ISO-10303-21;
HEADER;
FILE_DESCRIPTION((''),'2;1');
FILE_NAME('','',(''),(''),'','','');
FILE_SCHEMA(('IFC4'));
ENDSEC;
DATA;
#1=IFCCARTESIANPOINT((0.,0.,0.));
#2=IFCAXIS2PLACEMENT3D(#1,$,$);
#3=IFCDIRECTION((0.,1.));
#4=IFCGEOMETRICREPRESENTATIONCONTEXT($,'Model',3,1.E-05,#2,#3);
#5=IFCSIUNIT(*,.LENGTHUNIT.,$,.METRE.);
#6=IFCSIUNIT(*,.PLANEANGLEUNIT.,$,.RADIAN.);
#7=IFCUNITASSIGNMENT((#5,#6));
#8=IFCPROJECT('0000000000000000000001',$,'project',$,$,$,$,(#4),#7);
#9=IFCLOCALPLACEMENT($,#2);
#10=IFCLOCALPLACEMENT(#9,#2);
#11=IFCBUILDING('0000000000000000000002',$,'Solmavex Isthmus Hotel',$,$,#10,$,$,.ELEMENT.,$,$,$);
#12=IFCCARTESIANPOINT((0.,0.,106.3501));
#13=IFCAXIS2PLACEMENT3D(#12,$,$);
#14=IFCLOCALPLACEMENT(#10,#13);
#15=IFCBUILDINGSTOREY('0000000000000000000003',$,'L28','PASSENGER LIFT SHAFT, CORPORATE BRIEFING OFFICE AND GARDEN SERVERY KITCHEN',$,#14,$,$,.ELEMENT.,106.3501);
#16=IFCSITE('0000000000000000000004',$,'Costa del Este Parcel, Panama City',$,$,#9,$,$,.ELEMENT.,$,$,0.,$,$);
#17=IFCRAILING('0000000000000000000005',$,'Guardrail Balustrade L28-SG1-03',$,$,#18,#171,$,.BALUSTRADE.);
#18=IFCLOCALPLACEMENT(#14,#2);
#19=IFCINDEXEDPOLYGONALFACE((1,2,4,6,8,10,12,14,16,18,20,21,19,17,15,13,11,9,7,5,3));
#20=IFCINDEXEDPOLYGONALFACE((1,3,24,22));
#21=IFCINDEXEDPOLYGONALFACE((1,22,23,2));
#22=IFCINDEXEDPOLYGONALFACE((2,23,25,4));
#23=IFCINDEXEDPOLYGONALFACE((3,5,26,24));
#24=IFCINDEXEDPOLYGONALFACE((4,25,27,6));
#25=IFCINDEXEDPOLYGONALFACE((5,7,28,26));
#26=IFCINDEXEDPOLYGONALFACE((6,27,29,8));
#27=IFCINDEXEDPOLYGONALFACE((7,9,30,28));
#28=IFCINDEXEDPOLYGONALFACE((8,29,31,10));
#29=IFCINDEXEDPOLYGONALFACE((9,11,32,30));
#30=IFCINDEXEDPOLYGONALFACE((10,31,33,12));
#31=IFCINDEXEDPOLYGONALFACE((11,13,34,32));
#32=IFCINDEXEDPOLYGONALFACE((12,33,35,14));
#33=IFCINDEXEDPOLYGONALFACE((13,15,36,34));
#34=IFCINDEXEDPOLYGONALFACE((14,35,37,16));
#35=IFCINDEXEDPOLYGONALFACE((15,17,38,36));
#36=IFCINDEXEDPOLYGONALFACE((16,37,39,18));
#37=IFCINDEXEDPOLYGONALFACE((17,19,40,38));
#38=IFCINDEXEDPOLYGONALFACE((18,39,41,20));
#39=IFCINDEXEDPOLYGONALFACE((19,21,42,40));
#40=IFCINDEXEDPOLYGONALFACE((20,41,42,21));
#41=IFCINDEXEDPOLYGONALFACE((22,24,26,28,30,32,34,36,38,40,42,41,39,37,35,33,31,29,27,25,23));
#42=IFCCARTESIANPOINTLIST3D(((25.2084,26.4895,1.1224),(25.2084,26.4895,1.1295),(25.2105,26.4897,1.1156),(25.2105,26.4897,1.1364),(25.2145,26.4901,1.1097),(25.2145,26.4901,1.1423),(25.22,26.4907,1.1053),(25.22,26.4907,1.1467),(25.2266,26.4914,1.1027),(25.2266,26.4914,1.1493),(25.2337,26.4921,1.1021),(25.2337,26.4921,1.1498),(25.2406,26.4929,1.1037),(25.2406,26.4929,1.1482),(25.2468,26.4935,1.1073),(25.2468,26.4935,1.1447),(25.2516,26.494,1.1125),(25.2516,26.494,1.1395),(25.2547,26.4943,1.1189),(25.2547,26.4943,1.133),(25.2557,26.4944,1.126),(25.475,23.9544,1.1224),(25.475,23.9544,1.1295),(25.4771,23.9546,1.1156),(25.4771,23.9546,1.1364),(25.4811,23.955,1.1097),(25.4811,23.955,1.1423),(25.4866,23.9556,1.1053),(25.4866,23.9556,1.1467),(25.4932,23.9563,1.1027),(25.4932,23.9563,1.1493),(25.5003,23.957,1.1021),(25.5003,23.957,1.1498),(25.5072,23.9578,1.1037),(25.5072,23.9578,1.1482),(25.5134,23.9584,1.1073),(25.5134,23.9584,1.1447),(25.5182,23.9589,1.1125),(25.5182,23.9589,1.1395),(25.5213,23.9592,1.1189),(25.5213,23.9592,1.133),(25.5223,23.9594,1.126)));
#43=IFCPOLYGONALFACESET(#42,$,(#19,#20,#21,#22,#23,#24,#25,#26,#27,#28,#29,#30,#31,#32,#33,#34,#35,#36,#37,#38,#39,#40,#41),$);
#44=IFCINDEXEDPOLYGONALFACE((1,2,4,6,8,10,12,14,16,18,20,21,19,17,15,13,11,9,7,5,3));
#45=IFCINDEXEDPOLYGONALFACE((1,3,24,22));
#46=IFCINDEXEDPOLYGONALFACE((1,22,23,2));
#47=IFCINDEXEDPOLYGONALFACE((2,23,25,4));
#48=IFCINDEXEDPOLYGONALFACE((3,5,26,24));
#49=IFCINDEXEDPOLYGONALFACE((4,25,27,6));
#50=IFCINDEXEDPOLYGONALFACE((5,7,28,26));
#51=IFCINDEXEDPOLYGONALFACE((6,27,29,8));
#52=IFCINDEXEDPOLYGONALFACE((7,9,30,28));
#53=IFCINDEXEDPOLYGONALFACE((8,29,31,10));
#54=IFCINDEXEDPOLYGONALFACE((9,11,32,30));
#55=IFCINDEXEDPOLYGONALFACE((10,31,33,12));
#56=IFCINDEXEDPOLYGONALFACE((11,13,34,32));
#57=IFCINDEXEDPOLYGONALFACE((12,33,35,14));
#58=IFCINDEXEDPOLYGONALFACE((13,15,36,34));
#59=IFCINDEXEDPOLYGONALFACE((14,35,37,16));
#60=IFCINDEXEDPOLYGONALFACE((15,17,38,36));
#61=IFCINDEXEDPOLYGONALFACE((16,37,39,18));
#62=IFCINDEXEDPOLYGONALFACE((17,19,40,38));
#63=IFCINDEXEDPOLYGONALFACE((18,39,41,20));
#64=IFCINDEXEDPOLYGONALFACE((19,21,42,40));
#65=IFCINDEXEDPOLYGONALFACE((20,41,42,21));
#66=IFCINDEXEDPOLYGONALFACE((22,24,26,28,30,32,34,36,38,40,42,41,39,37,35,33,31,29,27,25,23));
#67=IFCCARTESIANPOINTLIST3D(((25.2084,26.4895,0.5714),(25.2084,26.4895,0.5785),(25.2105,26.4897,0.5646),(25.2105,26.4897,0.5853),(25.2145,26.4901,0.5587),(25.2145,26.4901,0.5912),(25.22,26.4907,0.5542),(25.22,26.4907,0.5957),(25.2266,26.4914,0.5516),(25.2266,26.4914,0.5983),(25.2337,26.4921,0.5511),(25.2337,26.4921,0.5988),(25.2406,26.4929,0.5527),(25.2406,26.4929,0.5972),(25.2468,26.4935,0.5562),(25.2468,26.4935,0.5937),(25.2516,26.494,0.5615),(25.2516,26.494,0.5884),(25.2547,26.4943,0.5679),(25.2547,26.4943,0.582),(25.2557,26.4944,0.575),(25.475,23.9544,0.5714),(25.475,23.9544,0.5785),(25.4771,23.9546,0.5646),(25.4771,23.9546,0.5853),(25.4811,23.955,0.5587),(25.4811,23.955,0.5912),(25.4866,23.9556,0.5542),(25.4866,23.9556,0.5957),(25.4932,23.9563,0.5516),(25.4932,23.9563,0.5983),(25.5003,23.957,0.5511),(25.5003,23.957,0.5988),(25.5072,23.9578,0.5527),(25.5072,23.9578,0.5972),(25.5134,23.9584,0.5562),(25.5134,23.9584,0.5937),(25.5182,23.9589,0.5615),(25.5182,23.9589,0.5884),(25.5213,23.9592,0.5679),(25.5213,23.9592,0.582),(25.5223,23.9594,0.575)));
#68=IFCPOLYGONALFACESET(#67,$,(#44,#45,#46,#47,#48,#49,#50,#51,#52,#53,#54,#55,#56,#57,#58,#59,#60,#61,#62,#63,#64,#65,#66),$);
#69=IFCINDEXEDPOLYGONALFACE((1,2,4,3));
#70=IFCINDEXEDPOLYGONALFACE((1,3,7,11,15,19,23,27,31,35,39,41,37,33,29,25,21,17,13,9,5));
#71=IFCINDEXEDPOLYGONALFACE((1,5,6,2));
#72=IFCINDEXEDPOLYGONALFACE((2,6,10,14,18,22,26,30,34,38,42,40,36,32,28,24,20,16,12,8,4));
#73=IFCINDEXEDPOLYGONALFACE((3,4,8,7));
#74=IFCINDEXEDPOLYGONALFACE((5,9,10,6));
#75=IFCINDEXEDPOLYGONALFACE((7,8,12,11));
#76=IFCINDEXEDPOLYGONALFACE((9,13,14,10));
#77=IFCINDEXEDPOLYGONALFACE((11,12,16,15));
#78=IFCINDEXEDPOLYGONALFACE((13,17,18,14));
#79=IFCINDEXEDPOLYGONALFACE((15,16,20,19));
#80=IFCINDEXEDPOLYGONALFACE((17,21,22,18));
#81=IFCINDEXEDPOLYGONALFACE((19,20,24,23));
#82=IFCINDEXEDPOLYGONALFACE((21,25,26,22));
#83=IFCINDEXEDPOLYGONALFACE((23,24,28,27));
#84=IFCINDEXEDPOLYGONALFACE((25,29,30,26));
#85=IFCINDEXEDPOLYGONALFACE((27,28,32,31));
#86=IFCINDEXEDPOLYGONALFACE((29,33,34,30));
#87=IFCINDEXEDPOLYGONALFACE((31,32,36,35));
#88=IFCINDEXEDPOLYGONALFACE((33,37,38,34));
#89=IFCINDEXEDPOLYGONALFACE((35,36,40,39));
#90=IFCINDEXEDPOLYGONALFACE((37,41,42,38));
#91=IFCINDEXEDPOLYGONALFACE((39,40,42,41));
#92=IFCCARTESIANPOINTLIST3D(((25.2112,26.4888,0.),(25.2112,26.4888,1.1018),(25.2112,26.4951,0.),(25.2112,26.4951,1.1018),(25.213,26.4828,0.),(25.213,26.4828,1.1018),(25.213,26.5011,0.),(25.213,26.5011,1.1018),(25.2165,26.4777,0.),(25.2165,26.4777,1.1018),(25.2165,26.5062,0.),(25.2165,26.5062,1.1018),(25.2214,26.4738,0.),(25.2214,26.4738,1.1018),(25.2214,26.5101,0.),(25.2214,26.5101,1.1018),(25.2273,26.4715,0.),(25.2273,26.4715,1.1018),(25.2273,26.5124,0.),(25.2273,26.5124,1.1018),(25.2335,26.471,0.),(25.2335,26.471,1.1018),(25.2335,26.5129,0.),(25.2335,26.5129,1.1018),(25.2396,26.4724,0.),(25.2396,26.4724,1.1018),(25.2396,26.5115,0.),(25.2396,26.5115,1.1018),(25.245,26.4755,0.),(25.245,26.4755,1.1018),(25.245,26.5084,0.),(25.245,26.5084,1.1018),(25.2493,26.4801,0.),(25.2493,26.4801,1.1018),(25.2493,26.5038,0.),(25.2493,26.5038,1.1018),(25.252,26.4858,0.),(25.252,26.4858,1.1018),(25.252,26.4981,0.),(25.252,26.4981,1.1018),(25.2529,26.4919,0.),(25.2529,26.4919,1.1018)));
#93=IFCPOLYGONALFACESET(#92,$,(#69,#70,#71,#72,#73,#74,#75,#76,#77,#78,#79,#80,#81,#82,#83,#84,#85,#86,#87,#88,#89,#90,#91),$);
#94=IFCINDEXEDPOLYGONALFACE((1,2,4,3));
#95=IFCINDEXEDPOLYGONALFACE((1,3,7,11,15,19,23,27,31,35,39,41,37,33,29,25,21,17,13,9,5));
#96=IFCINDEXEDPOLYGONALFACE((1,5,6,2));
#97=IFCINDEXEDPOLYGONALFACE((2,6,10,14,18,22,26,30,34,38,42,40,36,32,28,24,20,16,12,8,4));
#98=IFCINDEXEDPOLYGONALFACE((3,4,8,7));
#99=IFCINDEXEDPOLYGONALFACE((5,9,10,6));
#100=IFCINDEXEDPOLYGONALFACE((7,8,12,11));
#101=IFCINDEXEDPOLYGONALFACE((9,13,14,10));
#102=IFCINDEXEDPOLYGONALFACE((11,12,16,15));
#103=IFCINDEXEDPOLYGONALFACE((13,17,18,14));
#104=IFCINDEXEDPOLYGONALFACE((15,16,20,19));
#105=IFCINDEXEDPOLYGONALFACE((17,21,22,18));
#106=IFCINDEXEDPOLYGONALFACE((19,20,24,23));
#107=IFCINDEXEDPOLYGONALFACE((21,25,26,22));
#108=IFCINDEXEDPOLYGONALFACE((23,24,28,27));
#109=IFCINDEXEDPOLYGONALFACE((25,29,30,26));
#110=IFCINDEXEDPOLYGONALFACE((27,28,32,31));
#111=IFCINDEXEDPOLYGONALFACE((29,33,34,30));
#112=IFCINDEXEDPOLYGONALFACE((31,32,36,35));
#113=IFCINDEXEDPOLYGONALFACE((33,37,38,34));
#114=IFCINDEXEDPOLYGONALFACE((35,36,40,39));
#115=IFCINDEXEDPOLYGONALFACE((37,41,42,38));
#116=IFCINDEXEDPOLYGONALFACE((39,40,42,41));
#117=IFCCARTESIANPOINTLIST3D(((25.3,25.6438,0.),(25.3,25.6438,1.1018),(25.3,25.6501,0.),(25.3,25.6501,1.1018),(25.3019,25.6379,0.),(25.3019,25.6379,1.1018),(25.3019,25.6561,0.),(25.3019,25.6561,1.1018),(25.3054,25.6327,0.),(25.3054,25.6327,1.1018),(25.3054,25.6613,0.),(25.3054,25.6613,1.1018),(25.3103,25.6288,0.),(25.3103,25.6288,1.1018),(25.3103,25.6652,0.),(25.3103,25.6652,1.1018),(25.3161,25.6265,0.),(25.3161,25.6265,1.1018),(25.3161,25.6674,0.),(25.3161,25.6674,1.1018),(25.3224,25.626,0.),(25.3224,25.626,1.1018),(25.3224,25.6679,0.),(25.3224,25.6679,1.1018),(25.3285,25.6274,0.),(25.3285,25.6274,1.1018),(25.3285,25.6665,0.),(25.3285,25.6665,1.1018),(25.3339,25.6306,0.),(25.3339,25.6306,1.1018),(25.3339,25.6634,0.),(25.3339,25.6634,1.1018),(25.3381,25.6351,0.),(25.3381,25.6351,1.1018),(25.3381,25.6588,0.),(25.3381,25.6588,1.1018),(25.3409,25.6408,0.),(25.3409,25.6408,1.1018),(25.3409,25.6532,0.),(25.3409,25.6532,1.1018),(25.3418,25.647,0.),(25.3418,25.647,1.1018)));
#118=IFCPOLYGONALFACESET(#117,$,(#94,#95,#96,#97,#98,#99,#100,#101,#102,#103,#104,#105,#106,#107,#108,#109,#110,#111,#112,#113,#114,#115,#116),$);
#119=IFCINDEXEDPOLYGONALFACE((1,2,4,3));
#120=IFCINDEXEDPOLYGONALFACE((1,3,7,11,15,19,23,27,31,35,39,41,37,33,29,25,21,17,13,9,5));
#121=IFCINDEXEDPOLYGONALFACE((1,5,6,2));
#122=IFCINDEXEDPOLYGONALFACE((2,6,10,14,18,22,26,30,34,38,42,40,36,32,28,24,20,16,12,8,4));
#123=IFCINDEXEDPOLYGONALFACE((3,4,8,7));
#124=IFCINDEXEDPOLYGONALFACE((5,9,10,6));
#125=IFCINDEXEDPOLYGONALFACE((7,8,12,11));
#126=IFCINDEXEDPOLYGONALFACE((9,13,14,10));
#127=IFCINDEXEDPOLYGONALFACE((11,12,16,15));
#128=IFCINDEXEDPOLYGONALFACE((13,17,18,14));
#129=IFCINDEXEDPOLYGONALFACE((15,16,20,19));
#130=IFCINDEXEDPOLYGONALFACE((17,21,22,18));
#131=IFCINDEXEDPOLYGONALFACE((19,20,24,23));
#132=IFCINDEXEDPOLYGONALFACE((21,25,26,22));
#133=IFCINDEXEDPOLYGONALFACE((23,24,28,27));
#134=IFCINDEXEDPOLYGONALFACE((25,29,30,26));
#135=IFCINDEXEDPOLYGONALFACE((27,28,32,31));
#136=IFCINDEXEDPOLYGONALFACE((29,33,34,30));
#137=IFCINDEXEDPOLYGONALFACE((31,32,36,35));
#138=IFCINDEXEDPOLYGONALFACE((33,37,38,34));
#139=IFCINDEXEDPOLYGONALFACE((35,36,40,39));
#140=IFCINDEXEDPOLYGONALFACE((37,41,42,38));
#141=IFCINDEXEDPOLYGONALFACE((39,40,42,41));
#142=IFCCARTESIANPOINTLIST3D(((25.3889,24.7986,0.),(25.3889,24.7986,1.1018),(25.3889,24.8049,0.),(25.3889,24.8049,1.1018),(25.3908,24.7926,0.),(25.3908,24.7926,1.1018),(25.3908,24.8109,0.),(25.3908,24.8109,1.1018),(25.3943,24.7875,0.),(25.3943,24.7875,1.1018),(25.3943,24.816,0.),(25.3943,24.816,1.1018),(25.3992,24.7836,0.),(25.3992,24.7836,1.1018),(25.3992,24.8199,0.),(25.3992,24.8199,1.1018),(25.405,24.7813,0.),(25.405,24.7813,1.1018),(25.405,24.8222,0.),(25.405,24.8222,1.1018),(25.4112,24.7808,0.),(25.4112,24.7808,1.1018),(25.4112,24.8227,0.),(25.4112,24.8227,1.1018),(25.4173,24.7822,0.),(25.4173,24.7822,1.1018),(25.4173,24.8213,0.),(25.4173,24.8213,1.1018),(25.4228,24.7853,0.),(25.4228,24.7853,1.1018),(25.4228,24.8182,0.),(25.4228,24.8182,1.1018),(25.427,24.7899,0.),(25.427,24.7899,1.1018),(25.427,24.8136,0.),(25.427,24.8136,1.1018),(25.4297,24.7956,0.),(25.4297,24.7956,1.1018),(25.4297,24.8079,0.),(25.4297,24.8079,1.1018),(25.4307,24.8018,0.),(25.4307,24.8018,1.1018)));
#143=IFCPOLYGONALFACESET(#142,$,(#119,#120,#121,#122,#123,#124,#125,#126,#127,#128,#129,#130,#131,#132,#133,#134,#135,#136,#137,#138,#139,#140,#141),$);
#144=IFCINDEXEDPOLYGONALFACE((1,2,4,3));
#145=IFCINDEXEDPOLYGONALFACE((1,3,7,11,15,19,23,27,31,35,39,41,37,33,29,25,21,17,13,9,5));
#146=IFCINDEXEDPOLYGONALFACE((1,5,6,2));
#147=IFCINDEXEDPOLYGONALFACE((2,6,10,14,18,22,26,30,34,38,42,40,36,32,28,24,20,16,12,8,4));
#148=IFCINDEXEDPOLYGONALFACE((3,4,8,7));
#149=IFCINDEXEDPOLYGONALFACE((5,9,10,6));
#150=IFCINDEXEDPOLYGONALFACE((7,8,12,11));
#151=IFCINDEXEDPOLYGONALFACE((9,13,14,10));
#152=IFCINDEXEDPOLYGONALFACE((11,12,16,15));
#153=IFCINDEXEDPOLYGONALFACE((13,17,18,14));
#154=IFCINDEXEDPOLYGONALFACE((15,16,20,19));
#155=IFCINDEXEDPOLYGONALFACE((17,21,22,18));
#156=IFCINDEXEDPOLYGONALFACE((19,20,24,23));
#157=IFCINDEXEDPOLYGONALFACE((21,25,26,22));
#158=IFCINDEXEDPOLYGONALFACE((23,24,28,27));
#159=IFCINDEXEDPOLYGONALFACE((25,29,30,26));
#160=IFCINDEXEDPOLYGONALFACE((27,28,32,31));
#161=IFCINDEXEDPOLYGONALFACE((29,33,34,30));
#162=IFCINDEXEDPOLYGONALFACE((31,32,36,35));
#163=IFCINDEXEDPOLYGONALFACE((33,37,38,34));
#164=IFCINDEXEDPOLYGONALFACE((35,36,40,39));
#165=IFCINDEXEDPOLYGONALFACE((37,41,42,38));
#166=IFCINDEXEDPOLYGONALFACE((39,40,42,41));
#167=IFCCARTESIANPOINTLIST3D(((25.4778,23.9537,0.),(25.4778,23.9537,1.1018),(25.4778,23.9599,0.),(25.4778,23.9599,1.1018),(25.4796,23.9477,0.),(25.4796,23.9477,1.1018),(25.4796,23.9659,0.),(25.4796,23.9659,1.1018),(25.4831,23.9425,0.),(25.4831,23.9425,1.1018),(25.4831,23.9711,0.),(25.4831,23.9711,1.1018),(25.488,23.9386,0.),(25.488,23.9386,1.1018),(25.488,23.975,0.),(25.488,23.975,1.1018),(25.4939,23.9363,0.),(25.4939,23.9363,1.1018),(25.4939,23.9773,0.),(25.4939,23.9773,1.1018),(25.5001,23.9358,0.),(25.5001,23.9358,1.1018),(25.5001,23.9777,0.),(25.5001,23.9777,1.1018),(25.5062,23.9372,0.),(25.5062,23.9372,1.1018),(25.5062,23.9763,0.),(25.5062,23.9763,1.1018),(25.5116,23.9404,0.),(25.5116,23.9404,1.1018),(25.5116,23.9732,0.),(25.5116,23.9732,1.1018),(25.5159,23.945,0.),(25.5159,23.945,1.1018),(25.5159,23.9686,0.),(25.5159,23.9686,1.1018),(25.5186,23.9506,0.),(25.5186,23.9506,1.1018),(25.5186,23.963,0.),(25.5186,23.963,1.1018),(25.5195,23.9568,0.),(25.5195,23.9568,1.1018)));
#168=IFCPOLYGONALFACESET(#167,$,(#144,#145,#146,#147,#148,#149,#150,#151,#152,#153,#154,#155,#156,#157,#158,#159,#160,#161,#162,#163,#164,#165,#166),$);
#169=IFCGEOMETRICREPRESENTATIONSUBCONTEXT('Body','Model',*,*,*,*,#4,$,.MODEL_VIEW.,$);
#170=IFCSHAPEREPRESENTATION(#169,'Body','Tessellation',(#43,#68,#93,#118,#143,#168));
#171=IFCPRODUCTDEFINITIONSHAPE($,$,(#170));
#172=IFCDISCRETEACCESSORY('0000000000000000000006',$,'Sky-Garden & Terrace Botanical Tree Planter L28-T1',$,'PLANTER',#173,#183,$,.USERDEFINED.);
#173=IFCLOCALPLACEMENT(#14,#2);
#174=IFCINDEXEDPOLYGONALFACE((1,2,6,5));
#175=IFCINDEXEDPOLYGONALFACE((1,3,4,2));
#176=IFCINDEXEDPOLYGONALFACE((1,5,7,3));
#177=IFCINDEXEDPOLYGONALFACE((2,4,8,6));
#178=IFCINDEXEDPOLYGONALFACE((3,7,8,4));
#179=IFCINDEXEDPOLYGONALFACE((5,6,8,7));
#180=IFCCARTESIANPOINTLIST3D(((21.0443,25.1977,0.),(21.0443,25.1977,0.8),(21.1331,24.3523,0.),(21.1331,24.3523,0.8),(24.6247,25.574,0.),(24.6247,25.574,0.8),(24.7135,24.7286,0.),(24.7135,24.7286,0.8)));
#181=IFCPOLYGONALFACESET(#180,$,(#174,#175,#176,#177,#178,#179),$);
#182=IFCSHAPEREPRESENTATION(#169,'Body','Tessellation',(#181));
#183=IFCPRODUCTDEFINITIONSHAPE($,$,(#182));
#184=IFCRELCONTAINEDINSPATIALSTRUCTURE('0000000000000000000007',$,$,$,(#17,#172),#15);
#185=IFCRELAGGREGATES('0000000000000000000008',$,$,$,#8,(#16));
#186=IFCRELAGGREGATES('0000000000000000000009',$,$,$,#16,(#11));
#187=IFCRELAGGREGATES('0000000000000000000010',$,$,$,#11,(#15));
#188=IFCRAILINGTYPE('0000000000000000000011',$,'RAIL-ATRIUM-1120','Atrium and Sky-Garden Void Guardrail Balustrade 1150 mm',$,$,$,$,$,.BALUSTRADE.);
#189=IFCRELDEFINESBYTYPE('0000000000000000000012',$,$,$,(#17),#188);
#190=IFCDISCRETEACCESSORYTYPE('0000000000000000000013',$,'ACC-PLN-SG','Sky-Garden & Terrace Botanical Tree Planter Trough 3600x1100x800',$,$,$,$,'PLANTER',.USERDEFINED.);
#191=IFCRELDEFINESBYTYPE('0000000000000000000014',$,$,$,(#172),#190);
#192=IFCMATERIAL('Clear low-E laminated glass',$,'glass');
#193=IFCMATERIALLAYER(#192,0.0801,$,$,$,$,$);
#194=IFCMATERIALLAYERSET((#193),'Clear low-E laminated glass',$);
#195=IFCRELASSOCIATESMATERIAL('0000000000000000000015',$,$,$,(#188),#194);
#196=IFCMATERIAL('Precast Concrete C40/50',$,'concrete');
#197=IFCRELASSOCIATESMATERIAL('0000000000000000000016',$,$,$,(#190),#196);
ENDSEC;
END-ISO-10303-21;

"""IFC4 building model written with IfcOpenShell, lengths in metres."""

from ifc_helpers import new_model, si_unit, direction, frame, origin, origin_2d, place, context, subcontext, project, spatial, rectangle, circle, extrude, material, layer, layer_set, type_object, element, save


model = new_model("IFC4")

# Units and contexts
model_context = context("Model", 3, precision=1e-05, world=origin(), true_north=direction((0.0, 1.0)))
body_context = subcontext(model_context, "Body", "Model", "MODEL_VIEW")
ifc_project = project(units=[si_unit("LENGTHUNIT", "METRE"), si_unit("PLANEANGLEUNIT", "RADIAN")], contexts=[model_context])

# Site, building, storey
site_placement = place(None, origin())
site = spatial("IfcSite", under=ifc_project, at=site_placement, Name="Costa del Este Parcel, Panama City", CompositionType="ELEMENT", RefElevation=0.0)
building_placement = place(site_placement, origin())
building = spatial("IfcBuilding", under=site, at=building_placement, Name="Solmavex Isthmus Hotel", CompositionType="ELEMENT")
storey_placement = place(building_placement, frame((0.0, 0.0, 106.3501)))
storey = spatial("IfcBuildingStorey", under=building, at=storey_placement, Name="L28", Description="PASSENGER LIFT SHAFT, CORPORATE BRIEFING OFFICE AND GARDEN SERVERY KITCHEN", CompositionType="ELEMENT", Elevation=106.3501)

# Shared definitions
ifc_material_1 = material(Name="Clear low-E laminated glass", Category="glass")

# Shared definitions
ifc_material_2 = material(Name="Precast Concrete C40/50", Category="concrete")

# Railing
ifc_layer_1 = layer(ifc_material_1, 0.0801)
ifc_layer_set_1 = layer_set([ifc_layer_1], Name="Clear low-E laminated glass")
railing_type = type_object("IfcRailingType", Name="RAIL-ATRIUM-1120", Description="Atrium and Sky-Garden Void Guardrail Balustrade 1150 mm", PredefinedType="BALUSTRADE", material=ifc_layer_set_1)
railing_1_placement = place(storey_placement, frame((25.2319, 26.4919, 0.0)))
element("IfcRailing", 1, at=railing_1_placement, inside=storey, type_object=railing_type, Name="Guardrail Balustrade L28-SG1-03", PredefinedType="BALUSTRADE", context=body_context, shape_type="SweptSolid", body=[
    extrude(circle(Radius=0.0239, at=origin_2d()), frame((0.0, 0.0, 1.126), z_axis=(0.104585, -0.994516, 0.0), x_axis=(0.994516, 0.104585, 0.0)), (0.0, 0.0, 1.0), 2.5491),
    extrude(circle(Radius=0.0239, at=origin_2d()), frame((0.0, 0.0, 0.575), z_axis=(0.104585, -0.994516, 0.0), x_axis=(0.994516, 0.104585, 0.0)), (0.0, 0.0, 1.0), 2.5491),
    extrude(circle(Radius=0.021, at=origin_2d()), origin(), (0.0, 0.0, 1.0), 1.1018),
    extrude(circle(Radius=0.021, at=origin_2d()), frame((0.0889, -0.845, 0.0)), (0.0, 0.0, 1.0), 1.1018),
    extrude(circle(Radius=0.021, at=origin_2d()), frame((0.1777, -1.6902, 0.0)), (0.0, 0.0, 1.0), 1.1018),
    extrude(circle(Radius=0.021, at=origin_2d()), frame((0.2666, -2.5352, 0.0)), (0.0, 0.0, 1.0), 1.1018),
])

# Discrete accessory
discrete_accessory_type = type_object("IfcDiscreteAccessoryType", Name="ACC-PLN-SG", Description="Sky-Garden & Terrace Botanical Tree Planter Trough 3600x1100x800", ElementType="PLANTER", PredefinedType="USERDEFINED", material=ifc_material_2)
discrete_accessory_placement = place(storey_placement, frame((22.8789, 24.9631, 0.0), z_axis=(0.0, 0.0, 1.0), x_axis=(0.994522, 0.104528, 0.0)))
element("IfcDiscreteAccessory", 2, at=discrete_accessory_placement, inside=storey, type_object=discrete_accessory_type, Name="Sky-Garden & Terrace Botanical Tree Planter L28-T1", ObjectType="PLANTER", PredefinedType="USERDEFINED", context=body_context, shape_type="SweptSolid", body=[
    extrude(rectangle(XDim=3.6001, YDim=0.8501, at=origin_2d()), origin(), (0.0, 0.0, 1.0), 0.8),
])

save(model, "model.ifc")
